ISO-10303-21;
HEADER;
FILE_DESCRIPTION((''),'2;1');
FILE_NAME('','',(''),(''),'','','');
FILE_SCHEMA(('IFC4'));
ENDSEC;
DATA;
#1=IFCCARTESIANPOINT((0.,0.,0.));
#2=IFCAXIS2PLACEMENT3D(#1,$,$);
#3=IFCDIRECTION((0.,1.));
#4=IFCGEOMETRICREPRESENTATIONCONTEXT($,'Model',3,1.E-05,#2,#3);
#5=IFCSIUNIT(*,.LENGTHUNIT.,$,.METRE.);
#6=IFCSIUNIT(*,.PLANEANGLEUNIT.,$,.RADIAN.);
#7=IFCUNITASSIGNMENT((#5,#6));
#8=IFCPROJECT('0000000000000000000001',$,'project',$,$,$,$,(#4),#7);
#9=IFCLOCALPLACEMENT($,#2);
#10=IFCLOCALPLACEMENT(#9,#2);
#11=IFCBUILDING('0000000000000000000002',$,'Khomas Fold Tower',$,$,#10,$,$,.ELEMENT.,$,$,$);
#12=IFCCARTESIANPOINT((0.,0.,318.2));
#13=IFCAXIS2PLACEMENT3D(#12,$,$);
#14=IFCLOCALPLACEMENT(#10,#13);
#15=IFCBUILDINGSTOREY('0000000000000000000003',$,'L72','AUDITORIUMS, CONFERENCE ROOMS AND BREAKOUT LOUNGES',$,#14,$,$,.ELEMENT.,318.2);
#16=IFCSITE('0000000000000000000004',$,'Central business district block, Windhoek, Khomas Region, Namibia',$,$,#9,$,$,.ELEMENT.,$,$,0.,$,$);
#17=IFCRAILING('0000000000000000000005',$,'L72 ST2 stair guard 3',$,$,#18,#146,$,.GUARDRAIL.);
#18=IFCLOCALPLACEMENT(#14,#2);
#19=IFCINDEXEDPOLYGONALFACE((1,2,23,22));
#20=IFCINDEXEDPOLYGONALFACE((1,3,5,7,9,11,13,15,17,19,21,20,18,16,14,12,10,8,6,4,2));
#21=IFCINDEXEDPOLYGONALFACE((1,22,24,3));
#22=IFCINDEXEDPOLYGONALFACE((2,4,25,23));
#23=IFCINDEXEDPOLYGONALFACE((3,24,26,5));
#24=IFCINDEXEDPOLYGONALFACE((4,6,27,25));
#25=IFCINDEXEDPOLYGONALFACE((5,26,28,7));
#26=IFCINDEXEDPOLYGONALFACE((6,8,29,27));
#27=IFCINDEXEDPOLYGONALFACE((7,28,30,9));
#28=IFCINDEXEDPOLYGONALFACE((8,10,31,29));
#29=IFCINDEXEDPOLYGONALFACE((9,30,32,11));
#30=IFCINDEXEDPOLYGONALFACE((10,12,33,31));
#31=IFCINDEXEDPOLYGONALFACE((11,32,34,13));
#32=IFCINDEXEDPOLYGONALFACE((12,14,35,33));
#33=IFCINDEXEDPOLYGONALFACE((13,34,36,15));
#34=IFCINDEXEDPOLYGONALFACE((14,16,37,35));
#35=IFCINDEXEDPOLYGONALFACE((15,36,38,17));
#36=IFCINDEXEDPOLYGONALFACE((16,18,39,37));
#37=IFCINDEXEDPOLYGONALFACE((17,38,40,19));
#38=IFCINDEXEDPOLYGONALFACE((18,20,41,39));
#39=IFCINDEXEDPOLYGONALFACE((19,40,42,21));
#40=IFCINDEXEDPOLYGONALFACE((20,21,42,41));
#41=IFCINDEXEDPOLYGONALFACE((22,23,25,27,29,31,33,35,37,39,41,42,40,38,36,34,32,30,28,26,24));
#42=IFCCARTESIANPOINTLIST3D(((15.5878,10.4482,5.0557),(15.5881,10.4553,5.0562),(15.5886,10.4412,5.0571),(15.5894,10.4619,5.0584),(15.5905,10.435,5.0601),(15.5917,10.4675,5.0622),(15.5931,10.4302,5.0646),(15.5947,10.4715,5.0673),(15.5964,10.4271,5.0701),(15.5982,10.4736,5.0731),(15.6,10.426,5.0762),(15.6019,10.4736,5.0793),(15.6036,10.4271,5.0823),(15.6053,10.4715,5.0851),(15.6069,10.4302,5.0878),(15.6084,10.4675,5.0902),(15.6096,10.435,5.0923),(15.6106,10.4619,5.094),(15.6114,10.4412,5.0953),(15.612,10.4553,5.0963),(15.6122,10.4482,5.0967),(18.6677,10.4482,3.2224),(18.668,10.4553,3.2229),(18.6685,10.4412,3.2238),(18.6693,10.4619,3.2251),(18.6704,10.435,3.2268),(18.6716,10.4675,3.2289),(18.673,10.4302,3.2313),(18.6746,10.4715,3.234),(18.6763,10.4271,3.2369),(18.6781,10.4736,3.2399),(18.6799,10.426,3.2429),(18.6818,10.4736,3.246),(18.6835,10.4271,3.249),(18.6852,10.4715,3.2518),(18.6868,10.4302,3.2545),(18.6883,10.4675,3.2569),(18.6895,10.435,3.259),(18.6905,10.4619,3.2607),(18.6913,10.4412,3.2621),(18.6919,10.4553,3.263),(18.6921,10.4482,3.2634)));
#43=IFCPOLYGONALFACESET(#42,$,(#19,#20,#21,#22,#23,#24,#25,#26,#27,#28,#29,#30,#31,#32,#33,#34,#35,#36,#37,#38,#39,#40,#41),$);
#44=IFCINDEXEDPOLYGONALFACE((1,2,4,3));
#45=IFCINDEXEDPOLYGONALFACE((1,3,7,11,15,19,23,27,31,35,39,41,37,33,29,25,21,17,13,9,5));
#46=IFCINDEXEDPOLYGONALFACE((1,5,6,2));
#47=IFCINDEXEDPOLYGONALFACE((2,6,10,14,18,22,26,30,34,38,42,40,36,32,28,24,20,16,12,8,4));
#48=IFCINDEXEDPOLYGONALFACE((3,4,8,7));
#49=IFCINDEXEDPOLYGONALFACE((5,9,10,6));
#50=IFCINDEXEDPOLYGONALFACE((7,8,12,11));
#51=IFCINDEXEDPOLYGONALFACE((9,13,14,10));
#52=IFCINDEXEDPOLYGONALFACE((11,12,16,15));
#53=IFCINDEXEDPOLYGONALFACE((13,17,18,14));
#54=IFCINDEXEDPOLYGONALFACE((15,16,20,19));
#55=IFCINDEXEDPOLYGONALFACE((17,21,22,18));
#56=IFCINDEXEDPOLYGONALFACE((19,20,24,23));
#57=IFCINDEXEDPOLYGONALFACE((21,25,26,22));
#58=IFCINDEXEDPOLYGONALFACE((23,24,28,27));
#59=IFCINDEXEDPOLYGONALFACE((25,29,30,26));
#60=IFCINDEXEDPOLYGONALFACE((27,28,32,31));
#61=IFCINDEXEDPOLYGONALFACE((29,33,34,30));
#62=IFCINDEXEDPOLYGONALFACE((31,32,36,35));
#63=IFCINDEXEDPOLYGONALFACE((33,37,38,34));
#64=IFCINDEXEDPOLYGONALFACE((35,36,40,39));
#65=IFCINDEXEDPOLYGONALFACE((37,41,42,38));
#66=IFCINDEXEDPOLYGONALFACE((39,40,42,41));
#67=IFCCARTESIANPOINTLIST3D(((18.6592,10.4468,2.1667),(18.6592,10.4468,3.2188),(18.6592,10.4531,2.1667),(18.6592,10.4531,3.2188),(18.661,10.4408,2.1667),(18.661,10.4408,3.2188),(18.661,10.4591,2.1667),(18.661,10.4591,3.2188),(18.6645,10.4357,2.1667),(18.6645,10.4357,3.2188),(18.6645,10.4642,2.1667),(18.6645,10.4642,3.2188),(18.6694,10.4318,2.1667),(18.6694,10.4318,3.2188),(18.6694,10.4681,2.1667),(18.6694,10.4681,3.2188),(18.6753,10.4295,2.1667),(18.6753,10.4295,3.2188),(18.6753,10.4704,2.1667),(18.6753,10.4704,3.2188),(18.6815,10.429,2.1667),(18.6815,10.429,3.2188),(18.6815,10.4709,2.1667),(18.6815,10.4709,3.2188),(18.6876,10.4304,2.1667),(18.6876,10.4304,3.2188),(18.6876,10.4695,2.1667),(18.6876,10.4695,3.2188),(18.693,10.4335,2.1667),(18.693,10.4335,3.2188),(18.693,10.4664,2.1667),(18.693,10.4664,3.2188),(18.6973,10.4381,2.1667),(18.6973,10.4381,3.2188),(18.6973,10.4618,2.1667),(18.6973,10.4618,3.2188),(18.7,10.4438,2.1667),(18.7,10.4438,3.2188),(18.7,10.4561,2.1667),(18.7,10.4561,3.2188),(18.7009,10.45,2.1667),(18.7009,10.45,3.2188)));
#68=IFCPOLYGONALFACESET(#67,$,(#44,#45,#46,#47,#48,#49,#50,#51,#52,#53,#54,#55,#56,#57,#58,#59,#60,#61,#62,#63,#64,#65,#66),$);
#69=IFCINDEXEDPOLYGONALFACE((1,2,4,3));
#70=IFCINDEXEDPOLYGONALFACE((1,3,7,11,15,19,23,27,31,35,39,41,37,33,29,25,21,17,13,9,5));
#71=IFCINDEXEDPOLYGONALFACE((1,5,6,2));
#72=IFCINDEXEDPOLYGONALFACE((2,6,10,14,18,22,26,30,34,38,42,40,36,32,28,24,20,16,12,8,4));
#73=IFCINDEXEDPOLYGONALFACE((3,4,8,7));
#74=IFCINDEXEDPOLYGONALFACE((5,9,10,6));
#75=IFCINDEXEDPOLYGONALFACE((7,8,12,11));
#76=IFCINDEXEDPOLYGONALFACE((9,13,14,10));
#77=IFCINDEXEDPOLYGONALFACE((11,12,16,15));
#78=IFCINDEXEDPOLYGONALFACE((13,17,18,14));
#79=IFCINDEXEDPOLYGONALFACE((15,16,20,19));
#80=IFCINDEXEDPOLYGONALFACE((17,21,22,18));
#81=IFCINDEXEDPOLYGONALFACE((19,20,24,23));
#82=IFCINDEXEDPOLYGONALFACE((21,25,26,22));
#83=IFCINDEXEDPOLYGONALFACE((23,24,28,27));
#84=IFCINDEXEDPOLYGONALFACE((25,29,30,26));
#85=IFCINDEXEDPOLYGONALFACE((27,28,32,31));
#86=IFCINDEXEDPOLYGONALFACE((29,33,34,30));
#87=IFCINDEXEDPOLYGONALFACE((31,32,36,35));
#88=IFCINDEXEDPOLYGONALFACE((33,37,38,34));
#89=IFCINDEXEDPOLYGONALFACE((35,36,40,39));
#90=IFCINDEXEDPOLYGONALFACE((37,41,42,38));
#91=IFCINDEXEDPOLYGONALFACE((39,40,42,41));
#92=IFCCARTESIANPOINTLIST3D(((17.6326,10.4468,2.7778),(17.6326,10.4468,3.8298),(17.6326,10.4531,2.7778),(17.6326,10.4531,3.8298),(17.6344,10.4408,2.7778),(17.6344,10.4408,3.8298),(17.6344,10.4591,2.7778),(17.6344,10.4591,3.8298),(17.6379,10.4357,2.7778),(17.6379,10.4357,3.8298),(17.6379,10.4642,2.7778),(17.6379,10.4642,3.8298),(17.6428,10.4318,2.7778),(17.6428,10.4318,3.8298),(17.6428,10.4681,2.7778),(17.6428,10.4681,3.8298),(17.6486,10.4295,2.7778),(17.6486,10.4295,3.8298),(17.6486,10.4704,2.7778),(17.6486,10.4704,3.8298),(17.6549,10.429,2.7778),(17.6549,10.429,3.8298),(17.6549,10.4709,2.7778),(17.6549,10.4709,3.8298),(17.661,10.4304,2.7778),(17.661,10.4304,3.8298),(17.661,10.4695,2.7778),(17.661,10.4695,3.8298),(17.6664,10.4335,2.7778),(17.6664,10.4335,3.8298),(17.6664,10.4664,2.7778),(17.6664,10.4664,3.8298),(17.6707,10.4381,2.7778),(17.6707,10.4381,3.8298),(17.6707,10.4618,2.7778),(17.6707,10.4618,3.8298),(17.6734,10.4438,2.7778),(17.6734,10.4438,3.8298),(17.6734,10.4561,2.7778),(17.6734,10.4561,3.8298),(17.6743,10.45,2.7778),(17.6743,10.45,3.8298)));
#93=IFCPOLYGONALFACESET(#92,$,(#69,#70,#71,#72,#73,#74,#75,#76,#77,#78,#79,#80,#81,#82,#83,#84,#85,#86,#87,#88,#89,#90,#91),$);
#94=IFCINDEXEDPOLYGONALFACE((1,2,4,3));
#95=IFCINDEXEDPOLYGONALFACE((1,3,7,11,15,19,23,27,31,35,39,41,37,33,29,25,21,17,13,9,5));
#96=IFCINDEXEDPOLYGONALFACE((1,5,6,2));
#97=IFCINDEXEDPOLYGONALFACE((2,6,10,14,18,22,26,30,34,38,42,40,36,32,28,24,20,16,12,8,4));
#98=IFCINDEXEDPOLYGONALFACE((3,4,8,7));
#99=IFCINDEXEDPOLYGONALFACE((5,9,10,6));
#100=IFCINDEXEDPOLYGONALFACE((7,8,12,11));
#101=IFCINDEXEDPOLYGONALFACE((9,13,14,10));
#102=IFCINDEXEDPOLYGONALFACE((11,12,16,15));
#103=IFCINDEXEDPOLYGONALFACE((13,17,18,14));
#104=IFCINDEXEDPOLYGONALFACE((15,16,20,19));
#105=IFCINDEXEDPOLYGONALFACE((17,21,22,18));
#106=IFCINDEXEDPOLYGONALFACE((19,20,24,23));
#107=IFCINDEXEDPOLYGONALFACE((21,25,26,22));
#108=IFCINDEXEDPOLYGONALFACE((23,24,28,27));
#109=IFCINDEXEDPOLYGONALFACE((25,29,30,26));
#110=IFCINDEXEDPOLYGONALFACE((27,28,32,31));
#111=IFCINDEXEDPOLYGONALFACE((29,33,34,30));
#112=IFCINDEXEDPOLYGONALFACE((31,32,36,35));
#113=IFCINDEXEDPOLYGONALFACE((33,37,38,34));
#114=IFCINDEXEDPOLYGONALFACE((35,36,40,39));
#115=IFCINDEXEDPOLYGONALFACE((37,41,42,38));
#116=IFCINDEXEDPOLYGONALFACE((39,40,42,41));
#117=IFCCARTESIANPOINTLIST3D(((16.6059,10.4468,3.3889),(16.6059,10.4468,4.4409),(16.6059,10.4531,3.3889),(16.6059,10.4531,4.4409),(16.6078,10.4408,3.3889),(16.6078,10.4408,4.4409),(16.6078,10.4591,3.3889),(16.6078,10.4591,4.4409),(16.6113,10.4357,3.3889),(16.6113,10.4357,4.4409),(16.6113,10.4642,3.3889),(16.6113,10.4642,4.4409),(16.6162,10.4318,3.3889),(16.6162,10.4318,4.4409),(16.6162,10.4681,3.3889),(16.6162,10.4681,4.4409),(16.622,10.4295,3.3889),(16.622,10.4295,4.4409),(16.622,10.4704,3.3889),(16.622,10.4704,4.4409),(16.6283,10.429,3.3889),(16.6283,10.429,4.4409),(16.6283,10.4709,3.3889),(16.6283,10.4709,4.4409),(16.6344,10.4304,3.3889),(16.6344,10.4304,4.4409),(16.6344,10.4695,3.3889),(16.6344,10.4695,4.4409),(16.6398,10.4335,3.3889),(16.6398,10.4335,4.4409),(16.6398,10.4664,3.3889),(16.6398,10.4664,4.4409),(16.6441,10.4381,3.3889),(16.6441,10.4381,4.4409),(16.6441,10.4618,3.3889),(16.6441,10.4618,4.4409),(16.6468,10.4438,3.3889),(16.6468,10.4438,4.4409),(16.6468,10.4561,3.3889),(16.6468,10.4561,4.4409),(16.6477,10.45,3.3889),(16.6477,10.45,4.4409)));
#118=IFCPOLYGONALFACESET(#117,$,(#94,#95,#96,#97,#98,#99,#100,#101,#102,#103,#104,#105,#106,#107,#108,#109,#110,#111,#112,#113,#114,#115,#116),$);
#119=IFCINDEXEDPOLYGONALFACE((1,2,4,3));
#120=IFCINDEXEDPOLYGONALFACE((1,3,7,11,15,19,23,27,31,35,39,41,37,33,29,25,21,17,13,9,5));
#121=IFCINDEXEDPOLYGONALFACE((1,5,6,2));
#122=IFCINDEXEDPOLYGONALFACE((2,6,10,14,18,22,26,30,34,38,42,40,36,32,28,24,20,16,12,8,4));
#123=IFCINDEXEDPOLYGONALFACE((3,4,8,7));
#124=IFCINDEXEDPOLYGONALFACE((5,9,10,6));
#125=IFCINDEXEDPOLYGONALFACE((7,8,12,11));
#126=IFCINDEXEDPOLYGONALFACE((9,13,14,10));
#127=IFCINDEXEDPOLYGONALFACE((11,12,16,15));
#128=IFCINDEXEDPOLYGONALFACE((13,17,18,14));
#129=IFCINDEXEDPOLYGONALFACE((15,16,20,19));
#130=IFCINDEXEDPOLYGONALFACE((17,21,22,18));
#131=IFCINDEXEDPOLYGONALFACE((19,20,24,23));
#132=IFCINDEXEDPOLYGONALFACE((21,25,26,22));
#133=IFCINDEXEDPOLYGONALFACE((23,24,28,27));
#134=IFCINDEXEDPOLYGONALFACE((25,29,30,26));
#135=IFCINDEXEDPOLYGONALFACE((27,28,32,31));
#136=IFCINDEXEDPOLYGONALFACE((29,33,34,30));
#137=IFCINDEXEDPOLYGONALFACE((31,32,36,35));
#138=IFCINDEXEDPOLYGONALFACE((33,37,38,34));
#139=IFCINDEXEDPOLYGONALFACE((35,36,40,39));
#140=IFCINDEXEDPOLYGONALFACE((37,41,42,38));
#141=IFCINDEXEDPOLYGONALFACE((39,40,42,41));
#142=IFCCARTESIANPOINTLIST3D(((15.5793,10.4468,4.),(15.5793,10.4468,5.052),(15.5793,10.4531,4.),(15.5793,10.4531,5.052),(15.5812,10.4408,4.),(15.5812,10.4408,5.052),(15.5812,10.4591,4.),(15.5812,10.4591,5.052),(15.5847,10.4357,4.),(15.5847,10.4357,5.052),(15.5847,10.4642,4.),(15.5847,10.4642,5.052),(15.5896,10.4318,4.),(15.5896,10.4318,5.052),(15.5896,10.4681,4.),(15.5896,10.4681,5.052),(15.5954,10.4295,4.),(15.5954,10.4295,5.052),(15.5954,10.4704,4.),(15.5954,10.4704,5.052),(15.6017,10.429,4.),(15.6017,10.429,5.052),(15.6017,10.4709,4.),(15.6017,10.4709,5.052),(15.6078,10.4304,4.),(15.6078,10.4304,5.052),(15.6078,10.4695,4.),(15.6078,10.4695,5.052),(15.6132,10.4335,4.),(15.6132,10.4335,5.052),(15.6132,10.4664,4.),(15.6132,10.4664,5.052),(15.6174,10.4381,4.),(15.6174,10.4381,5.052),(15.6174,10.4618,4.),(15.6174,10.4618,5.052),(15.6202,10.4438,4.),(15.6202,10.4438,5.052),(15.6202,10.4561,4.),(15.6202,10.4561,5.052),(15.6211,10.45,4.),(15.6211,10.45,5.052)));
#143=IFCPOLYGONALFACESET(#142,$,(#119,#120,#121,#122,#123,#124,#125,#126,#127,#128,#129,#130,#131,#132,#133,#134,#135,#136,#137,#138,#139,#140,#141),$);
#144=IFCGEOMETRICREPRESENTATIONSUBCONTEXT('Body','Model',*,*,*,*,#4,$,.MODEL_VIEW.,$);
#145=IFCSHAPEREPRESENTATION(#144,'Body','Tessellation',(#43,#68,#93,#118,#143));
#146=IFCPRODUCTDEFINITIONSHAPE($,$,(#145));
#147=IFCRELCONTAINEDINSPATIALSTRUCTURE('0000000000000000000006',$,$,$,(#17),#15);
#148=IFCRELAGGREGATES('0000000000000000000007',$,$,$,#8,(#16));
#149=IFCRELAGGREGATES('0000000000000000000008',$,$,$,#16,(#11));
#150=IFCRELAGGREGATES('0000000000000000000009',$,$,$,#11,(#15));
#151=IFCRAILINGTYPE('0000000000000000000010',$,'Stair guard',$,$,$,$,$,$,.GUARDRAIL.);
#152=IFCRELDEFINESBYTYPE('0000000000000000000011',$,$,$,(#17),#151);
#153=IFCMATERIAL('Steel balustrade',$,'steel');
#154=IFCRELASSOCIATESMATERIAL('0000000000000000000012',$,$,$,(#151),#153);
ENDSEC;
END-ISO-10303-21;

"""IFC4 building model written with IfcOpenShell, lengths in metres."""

from ifc_helpers import new_model, si_unit, direction, frame, origin, origin_2d, place, context, subcontext, project, spatial, circle, extrude, source, transform, mapped, material, type_object, element, save


model = new_model("IFC4")

# Units and contexts
model_context = context("Model", 3, precision=1e-05, world=origin(), true_north=direction((0.0, 1.0)))
body_context = subcontext(model_context, "Body", "Model", "MODEL_VIEW")
ifc_project = project(units=[si_unit("LENGTHUNIT", "METRE"), si_unit("PLANEANGLEUNIT", "RADIAN")], contexts=[model_context])

# Site, building, storey
site_placement = place(None, origin())
site = spatial("IfcSite", under=ifc_project, at=site_placement, Name="Central business district block, Windhoek, Khomas Region, Namibia", CompositionType="ELEMENT", RefElevation=0.0)
building_placement = place(site_placement, origin())
building = spatial("IfcBuilding", under=site, at=building_placement, Name="Khomas Fold Tower", CompositionType="ELEMENT")
storey_placement = place(building_placement, frame((0.0, 0.0, 318.2)))
storey = spatial("IfcBuildingStorey", under=building, at=storey_placement, Name="L72", Description="AUDITORIUMS, CONFERENCE ROOMS AND BREAKOUT LOUNGES", CompositionType="ELEMENT", Elevation=318.2)

# Railing
ifc_material_1 = material(Name="Steel balustrade", Category="steel")
railing_type_1 = type_object("IfcRailingType", Name="Stair guard", PredefinedType="GUARDRAIL", material=ifc_material_1)
shared_shape_1 = source(origin(), body_context, "Body", "SweptSolid", [
    extrude(circle(Radius=0.0239, at=origin_2d()), frame((0.0, 0.0, 1.0762), z_axis=(-0.859291, 0.0, 0.511487), x_axis=(0.0, -1.0, 0.0)), (0.0, 0.0, 1.0), 3.5842),
    extrude(circle(Radius=0.021, at=origin_2d()), origin(), (0.0, 0.0, 1.0), 1.052),
    extrude(circle(Radius=0.021, at=origin_2d()), frame((-1.0266, 0.0, 0.6111)), (0.0, 0.0, 1.0), 1.052),
    extrude(circle(Radius=0.021, at=origin_2d()), frame((-2.0532, 0.0, 1.2222)), (0.0, 0.0, 1.0), 1.052),
    extrude(circle(Radius=0.021, at=origin_2d()), frame((-3.0798, 0.0, 1.8333)), (0.0, 0.0, 1.0), 1.052),
])
railing_1_placement = place(storey_placement, frame((18.6799, 10.45, 2.1667)))
element("IfcRailing", 1, at=railing_1_placement, inside=storey, type_object=railing_type_1, Name="L72 ST2 stair guard 3", PredefinedType="GUARDRAIL", context=body_context, shape_type="MappedRepresentation", body=[
    mapped(shared_shape_1, transform((0.0, 0.0, 0.0))),
])

save(model, "model.ifc")
